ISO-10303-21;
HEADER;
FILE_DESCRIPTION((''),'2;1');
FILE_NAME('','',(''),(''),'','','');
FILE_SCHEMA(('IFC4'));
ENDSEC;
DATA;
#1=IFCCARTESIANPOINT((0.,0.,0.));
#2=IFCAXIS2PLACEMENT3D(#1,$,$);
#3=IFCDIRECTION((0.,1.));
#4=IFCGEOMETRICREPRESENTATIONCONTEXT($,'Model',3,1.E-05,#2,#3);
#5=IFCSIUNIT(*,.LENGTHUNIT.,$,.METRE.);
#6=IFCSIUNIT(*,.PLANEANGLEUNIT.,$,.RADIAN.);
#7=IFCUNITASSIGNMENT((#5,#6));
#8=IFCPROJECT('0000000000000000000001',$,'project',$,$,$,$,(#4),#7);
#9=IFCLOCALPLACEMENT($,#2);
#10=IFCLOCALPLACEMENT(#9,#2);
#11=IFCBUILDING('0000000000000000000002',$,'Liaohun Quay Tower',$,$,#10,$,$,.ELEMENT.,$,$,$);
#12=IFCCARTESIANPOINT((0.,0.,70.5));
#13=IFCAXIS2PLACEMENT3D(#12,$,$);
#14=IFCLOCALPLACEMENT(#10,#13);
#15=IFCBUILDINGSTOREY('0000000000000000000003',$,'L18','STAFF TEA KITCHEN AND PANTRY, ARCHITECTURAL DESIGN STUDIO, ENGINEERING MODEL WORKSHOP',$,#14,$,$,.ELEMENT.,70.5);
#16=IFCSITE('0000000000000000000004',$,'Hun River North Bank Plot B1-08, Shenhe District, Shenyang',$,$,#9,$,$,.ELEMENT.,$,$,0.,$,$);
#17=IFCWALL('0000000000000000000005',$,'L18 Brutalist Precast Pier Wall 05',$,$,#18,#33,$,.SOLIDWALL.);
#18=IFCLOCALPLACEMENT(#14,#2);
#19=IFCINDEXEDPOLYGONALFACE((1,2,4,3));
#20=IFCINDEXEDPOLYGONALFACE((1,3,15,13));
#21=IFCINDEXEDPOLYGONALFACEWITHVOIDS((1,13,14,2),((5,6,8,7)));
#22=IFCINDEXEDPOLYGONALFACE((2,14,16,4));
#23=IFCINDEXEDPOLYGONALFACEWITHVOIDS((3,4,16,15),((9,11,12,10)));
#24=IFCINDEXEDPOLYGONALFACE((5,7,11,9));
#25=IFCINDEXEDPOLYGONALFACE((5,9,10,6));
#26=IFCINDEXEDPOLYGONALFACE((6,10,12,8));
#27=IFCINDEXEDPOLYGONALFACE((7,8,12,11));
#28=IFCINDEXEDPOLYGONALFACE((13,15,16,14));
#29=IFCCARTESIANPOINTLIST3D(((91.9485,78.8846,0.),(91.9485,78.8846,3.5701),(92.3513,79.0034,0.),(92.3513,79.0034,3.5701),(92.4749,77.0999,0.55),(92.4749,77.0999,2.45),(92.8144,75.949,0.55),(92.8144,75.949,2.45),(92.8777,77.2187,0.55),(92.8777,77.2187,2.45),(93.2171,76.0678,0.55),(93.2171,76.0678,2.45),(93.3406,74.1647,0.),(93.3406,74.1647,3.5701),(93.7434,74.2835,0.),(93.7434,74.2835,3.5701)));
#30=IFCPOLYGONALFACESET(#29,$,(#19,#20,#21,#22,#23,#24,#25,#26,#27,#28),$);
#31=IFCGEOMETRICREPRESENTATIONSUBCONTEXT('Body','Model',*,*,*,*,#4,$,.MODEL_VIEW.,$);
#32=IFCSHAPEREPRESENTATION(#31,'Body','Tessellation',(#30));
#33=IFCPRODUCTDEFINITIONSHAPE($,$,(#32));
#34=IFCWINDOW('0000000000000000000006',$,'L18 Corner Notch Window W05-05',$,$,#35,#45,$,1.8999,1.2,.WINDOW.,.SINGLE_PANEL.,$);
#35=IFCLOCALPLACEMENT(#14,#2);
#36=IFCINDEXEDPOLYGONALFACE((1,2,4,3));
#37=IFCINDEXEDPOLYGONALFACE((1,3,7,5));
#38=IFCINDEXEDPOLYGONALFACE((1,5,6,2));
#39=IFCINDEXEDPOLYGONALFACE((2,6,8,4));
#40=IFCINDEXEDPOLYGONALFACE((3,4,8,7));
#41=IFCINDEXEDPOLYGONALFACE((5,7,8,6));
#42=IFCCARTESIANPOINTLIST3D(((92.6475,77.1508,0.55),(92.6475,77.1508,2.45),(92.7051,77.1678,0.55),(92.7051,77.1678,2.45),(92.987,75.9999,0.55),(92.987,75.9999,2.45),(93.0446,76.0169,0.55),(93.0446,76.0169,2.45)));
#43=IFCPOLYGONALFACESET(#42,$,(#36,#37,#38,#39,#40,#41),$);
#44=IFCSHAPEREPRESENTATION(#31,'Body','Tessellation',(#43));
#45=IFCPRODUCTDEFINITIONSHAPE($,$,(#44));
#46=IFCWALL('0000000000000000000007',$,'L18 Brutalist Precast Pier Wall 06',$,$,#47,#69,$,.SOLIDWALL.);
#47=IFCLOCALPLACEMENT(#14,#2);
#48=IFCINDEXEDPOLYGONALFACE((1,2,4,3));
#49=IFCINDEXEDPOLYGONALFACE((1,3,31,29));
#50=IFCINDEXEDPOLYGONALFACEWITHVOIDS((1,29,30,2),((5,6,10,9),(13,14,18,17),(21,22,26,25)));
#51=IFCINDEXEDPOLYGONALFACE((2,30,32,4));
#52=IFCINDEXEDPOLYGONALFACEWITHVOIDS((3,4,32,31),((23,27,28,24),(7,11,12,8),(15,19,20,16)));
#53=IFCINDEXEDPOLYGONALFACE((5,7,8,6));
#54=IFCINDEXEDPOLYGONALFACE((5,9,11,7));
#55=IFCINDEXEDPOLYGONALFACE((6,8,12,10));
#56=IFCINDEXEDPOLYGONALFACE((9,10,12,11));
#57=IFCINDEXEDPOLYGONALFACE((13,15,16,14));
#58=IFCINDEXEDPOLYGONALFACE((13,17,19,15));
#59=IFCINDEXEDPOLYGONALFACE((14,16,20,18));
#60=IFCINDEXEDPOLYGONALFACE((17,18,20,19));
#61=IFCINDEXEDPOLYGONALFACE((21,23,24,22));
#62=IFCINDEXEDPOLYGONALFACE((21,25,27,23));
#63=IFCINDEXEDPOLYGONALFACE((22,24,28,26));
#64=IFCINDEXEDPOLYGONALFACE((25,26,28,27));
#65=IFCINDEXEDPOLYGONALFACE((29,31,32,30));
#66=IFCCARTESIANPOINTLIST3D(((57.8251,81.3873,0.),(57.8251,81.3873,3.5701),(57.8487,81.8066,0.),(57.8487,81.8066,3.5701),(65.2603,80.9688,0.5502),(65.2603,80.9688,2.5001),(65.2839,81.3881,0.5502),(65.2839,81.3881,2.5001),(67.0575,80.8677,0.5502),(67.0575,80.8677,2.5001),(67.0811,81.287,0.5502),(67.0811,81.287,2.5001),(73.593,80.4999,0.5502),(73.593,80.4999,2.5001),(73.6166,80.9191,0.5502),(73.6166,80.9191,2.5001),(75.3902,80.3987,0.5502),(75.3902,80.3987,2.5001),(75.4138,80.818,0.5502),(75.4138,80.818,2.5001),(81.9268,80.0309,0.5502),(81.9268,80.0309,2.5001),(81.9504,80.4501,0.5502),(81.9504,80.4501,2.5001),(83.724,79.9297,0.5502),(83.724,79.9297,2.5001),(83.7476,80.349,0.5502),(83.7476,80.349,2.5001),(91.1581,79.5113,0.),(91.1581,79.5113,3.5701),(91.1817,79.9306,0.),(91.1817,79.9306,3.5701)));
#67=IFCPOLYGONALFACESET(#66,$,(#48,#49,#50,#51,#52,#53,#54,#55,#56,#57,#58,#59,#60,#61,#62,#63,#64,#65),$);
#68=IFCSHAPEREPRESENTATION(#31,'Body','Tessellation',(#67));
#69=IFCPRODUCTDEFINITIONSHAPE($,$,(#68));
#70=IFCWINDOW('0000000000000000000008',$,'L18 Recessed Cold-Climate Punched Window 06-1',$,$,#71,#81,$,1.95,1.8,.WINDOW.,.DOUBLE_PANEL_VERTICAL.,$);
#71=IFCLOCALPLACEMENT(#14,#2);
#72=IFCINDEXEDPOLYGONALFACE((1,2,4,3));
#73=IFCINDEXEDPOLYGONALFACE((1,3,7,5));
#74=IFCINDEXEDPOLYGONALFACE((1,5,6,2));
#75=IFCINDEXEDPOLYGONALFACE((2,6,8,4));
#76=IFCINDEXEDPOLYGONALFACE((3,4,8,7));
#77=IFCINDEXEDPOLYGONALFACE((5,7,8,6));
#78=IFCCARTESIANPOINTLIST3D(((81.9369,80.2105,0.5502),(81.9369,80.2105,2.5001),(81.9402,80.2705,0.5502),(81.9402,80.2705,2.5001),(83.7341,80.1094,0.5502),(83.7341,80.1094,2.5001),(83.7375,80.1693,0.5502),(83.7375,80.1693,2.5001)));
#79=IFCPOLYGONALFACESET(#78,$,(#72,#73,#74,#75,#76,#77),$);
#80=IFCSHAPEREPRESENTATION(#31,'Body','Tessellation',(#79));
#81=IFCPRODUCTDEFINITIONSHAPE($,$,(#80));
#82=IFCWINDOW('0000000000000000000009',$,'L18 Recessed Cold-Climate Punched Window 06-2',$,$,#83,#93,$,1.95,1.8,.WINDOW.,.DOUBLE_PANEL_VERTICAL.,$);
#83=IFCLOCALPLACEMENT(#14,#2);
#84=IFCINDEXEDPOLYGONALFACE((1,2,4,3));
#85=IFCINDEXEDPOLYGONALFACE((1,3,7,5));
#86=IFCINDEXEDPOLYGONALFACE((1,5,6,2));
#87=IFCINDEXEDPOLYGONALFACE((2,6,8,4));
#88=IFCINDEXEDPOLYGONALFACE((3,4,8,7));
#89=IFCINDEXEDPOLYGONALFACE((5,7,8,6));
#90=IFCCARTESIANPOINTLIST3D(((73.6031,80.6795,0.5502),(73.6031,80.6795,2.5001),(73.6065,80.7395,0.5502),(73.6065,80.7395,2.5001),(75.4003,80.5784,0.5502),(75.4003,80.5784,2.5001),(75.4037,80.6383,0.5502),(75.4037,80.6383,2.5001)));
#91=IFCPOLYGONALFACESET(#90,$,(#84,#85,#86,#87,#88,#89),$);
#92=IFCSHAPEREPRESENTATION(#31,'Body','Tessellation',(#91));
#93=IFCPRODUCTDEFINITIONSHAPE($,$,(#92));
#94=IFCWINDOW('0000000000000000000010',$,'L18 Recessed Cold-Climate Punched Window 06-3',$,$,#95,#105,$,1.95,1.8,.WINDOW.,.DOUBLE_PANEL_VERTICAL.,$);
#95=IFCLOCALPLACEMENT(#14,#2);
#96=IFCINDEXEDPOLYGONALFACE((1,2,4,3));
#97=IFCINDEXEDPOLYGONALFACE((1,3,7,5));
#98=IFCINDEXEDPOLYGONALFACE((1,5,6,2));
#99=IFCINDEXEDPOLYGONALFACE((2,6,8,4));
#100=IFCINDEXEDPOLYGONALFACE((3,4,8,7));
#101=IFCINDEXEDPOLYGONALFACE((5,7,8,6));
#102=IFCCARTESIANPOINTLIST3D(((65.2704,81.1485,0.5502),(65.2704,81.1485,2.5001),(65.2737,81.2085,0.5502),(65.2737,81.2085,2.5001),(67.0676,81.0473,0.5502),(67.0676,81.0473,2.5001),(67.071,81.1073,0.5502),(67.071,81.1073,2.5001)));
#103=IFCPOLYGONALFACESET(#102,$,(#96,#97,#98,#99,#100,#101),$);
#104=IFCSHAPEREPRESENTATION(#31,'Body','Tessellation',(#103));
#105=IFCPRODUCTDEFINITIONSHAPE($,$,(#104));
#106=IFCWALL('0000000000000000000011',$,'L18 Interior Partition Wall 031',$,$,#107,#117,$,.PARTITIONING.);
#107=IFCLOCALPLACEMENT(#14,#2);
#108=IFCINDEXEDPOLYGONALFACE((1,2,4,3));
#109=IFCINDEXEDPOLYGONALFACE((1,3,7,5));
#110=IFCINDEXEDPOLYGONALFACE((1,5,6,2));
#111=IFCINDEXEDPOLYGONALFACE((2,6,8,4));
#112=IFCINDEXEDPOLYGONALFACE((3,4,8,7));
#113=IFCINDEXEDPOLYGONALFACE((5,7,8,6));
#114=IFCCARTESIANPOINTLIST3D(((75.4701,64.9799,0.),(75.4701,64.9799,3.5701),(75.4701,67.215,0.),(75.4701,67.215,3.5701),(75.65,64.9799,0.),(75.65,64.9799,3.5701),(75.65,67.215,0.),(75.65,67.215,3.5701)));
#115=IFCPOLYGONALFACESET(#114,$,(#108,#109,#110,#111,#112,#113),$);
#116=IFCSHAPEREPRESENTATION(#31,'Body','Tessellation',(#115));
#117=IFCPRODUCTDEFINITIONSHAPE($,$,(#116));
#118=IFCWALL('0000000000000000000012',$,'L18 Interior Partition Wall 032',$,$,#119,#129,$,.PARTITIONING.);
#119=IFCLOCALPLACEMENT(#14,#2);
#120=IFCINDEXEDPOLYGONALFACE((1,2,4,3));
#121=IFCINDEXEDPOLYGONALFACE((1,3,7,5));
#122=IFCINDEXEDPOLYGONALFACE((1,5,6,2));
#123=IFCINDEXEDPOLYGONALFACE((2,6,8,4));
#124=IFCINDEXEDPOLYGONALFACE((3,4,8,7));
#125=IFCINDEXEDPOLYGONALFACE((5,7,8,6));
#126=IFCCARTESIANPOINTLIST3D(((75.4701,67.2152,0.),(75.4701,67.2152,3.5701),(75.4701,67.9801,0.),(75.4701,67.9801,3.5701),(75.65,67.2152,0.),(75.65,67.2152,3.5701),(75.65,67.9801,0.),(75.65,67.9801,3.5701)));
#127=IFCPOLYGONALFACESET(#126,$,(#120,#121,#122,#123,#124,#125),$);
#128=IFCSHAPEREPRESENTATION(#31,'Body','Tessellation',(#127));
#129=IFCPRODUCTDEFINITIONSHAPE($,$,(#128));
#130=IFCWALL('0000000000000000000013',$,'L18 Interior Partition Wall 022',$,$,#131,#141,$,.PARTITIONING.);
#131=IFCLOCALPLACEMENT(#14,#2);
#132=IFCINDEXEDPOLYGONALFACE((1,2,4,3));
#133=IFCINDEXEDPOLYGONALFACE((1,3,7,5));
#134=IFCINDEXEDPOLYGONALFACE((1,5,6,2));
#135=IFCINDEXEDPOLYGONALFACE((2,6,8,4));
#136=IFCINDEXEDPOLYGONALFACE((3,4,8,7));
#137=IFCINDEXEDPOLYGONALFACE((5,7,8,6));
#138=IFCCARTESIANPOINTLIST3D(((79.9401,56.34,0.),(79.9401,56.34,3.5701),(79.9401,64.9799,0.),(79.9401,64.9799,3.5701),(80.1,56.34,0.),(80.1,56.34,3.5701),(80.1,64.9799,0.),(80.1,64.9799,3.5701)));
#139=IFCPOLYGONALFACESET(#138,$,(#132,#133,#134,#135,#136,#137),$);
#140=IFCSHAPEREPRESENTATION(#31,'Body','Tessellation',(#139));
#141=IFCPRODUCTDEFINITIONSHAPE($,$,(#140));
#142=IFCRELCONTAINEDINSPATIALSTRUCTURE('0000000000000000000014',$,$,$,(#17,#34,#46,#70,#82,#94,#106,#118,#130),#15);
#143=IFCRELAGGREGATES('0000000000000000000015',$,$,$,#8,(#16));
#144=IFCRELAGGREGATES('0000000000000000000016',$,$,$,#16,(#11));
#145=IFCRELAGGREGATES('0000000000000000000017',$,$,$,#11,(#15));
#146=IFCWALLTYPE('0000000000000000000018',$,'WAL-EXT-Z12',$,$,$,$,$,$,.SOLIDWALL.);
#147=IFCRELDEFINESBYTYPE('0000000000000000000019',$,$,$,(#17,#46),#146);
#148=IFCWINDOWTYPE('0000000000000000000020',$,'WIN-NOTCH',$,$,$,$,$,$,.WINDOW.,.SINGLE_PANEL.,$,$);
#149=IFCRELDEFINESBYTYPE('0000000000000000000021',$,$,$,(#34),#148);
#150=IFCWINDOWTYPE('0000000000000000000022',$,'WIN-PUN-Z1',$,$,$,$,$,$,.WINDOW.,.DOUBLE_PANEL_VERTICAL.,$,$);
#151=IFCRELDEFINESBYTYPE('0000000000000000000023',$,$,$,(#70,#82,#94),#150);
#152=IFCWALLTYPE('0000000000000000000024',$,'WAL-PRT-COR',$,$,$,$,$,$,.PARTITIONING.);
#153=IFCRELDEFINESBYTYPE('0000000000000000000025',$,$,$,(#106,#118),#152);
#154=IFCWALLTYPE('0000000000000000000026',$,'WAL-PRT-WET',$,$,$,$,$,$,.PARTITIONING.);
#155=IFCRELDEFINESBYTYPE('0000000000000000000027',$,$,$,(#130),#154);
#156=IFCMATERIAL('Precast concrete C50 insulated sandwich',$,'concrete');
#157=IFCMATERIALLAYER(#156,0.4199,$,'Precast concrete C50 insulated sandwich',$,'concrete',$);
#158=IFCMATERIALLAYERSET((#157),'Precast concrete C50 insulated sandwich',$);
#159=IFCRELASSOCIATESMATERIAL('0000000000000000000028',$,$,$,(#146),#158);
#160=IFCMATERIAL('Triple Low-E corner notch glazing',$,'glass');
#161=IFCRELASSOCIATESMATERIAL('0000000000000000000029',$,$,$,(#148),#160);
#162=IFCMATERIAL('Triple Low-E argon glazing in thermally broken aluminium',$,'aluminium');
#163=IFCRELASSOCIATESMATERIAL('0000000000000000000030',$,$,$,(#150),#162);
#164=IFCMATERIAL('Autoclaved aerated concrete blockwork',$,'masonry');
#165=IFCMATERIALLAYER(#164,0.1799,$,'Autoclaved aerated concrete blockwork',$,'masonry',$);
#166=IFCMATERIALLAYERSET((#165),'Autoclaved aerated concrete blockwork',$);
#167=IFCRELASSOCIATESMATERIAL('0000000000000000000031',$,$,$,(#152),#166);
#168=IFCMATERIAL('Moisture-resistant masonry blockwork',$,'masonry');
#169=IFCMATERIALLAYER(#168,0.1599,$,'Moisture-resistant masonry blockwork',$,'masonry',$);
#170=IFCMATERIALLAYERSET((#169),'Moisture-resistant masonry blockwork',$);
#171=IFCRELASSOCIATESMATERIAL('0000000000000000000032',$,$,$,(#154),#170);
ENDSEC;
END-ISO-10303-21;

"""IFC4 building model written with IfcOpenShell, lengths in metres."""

from ifc_helpers import new_model, si_unit, direction, frame, frame_2d, origin, place, context, subcontext, project, spatial, rectangle, extrude, source, transform, mapped, material, layer, layer_set, type_object, element, fill, save


model = new_model("IFC4")

# Units and contexts
model_context = context("Model", 3, precision=1e-05, world=origin(), true_north=direction((0.0, 1.0)))
body_context = subcontext(model_context, "Body", "Model", "MODEL_VIEW")
ifc_project = project(units=[si_unit("LENGTHUNIT", "METRE"), si_unit("PLANEANGLEUNIT", "RADIAN")], contexts=[model_context])

# Site, building, storey
site_placement = place(None, origin())
site = spatial("IfcSite", under=ifc_project, at=site_placement, Name="Hun River North Bank Plot B1-08, Shenhe District, Shenyang", CompositionType="ELEMENT", RefElevation=0.0)
building_placement = place(site_placement, origin())
building = spatial("IfcBuilding", under=site, at=building_placement, Name="Liaohun Quay Tower", CompositionType="ELEMENT")
storey_placement = place(building_placement, frame((0.0, 0.0, 70.5)))
storey = spatial("IfcBuildingStorey", under=building, at=storey_placement, Name="L18", Description="STAFF TEA KITCHEN AND PANTRY, ARCHITECTURAL DESIGN STUDIO, ENGINEERING MODEL WORKSHOP", CompositionType="ELEMENT", Elevation=70.5)

# Wall, opening, window
ifc_material_1 = material(Name="Precast concrete C50 insulated sandwich", Category="concrete")
ifc_layer_1 = layer(ifc_material_1, 0.4199, Name="Precast concrete C50 insulated sandwich", Category="concrete")
ifc_layer_set_1 = layer_set([ifc_layer_1], Name="Precast concrete C50 insulated sandwich")
wall_type_1 = type_object("IfcWallType", Name="WAL-EXT-Z12", PredefinedType="SOLIDWALL", material=ifc_layer_set_1)
shared_shape_1 = source(origin(), body_context, "Body", "SweptSolid", [
    extrude(rectangle(XDim=1.2, YDim=1.8999, at=frame_2d((0.6001, 0.95))), frame((0.0, 0.22, 0.0), z_axis=(0.0, -1.0, 0.0), x_axis=(1.0, 0.0, 0.0)), (0.0, 0.0, 1.0), 0.4399),
])
ifc_material_2 = material(Name="Triple Low-E corner notch glazing", Category="glass")
window_type_1 = type_object("IfcWindowType", Name="WIN-NOTCH", PartitioningType="SINGLE_PANEL", PredefinedType="WINDOW", material=ifc_material_2)
shared_shape_2 = source(origin(), body_context, "Body", "SweptSolid", [
    extrude(rectangle(XDim=1.2, YDim=1.8999, at=frame_2d((0.6001, 0.95))), frame((0.0, 0.03, 0.0), z_axis=(0.0, -1.0, 0.0), x_axis=(1.0, 0.0, 0.0)), (0.0, 0.0, 1.0), 0.0601),
])
wall_1_placement = place(storey_placement, frame((93.542, 74.2241, 0.0), z_axis=(0.0, 0.0, 1.0), x_axis=(-0.282889, 0.959153, 0.0)))
wall_1 = element("IfcWall", 1, at=wall_1_placement, inside=storey, type_object=wall_type_1, Name="L18 Brutalist Precast Pier Wall 05", PredefinedType="SOLIDWALL", context=body_context, shape_type="SweptSolid", body=[
    extrude(rectangle(XDim=4.9209, YDim=0.4199, at=frame_2d((2.4604, 0.0))), origin(), (0.0, 0.0, 1.0), 3.5701),
])
opening_1_placement = place(wall_1_placement, frame((1.8601, 0.0, 0.55)))
opening_1 = element("IfcOpeningElement", 2, at=opening_1_placement, cuts=wall_1, PredefinedType="OPENING", context=body_context, shape_type="MappedRepresentation", body=[
    mapped(shared_shape_1, transform((0.0, 0.0, 0.0), x_axis=(1.0, 0.0, 0.0), y_axis=(0.0, 1.0, 0.0), z_axis=(0.0, 0.0, 1.0), scale=1.0)),
])
window_1_placement = place(opening_1_placement, origin())
window_1 = element("IfcWindow", 3, at=window_1_placement, inside=storey, type_object=window_type_1, Name="L18 Corner Notch Window W05-05", OverallHeight=1.8999, OverallWidth=1.2, PartitioningType="SINGLE_PANEL", PredefinedType="WINDOW", context=body_context, shape_type="MappedRepresentation", body=[
    mapped(shared_shape_2, transform((0.0, 0.0, 0.0), x_axis=(1.0, 0.0, 0.0), y_axis=(0.0, 1.0, 0.0), z_axis=(0.0, 0.0, 1.0), scale=1.0)),
])
fill(opening_1, window_1)

# Wall, openings, windows
wall_2_placement = place(storey_placement, frame((91.1699, 79.7209, 0.0), z_axis=(0.0, 0.0, 1.0), x_axis=(-0.99842, 0.056191, 0.0)))
wall_2 = element("IfcWall", 4, at=wall_2_placement, inside=storey, type_object=wall_type_1, Name="L18 Brutalist Precast Pier Wall 06", PredefinedType="SOLIDWALL", context=body_context, shape_type="SweptSolid", body=[
    extrude(rectangle(XDim=33.3857, YDim=0.4199, at=frame_2d((16.6929, 0.0))), origin(), (0.0, 0.0, 1.0), 3.5701),
])
shared_shape_3 = source(origin(), body_context, "Body", "SweptSolid", [
    extrude(rectangle(XDim=1.8, YDim=1.95, at=frame_2d((0.8999, 0.9751))), frame((0.0, 0.22, 0.0), z_axis=(0.0, -1.0, 0.0), x_axis=(1.0, 0.0, 0.0)), (0.0, 0.0, 1.0), 0.4399),
])
opening_2_placement = place(wall_2_placement, frame((7.446, 0.0, 0.55)))
opening_2 = element("IfcOpeningElement", 5, at=opening_2_placement, cuts=wall_2, PredefinedType="OPENING", context=body_context, shape_type="MappedRepresentation", body=[
    mapped(shared_shape_3, transform((0.0, 0.0, 0.0), x_axis=(1.0, 0.0, 0.0), y_axis=(0.0, 1.0, 0.0), z_axis=(0.0, 0.0, 1.0), scale=1.0)),
])
opening_3_placement = place(wall_2_placement, frame((15.793, 0.0, 0.55)))
opening_3 = element("IfcOpeningElement", 6, at=opening_3_placement, cuts=wall_2, PredefinedType="OPENING", context=body_context, shape_type="MappedRepresentation", body=[
    mapped(shared_shape_3, transform((0.0, 0.0, 0.0), x_axis=(1.0, 0.0, 0.0), y_axis=(0.0, 1.0, 0.0), z_axis=(0.0, 0.0, 1.0), scale=1.0)),
])
opening_4_placement = place(wall_2_placement, frame((24.1389, 0.0, 0.55)))
opening_4 = element("IfcOpeningElement", 7, at=opening_4_placement, cuts=wall_2, PredefinedType="OPENING", context=body_context, shape_type="MappedRepresentation", body=[
    mapped(shared_shape_3, transform((0.0, 0.0, 0.0), x_axis=(1.0, 0.0, 0.0), y_axis=(0.0, 1.0, 0.0), z_axis=(0.0, 0.0, 1.0), scale=1.0)),
])
ifc_material_3 = material(Name="Triple Low-E argon glazing in thermally broken aluminium", Category="aluminium")
window_type_2 = type_object("IfcWindowType", Name="WIN-PUN-Z1", PartitioningType="DOUBLE_PANEL_VERTICAL", PredefinedType="WINDOW", material=ifc_material_3)
shared_shape_4 = source(origin(), body_context, "Body", "SweptSolid", [
    extrude(rectangle(XDim=1.8, YDim=1.95, at=frame_2d((0.8999, 0.9751))), frame((0.0, 0.03, 0.0), z_axis=(0.0, -1.0, 0.0), x_axis=(1.0, 0.0, 0.0)), (0.0, 0.0, 1.0), 0.0601),
])
window_2_placement = place(opening_2_placement, origin())
window_2 = element("IfcWindow", 8, at=window_2_placement, inside=storey, type_object=window_type_2, Name="L18 Recessed Cold-Climate Punched Window 06-1", OverallHeight=1.95, OverallWidth=1.8, PartitioningType="DOUBLE_PANEL_VERTICAL", PredefinedType="WINDOW", context=body_context, shape_type="MappedRepresentation", body=[
    mapped(shared_shape_4, transform((0.0, 0.0, 0.0), x_axis=(1.0, 0.0, 0.0), y_axis=(0.0, 1.0, 0.0), z_axis=(0.0, 0.0, 1.0), scale=1.0)),
])
fill(opening_2, window_2)
window_3_placement = place(opening_3_placement, origin())
window_3 = element("IfcWindow", 9, at=window_3_placement, inside=storey, type_object=window_type_2, Name="L18 Recessed Cold-Climate Punched Window 06-2", OverallHeight=1.95, OverallWidth=1.8, PartitioningType="DOUBLE_PANEL_VERTICAL", PredefinedType="WINDOW", context=body_context, shape_type="MappedRepresentation", body=[
    mapped(shared_shape_4, transform((0.0, 0.0, 0.0), x_axis=(1.0, 0.0, 0.0), y_axis=(0.0, 1.0, 0.0), z_axis=(0.0, 0.0, 1.0), scale=1.0)),
])
fill(opening_3, window_3)
window_4_placement = place(opening_4_placement, origin())
window_4 = element("IfcWindow", 10, at=window_4_placement, inside=storey, type_object=window_type_2, Name="L18 Recessed Cold-Climate Punched Window 06-3", OverallHeight=1.95, OverallWidth=1.8, PartitioningType="DOUBLE_PANEL_VERTICAL", PredefinedType="WINDOW", context=body_context, shape_type="MappedRepresentation", body=[
    mapped(shared_shape_4, transform((0.0, 0.0, 0.0), x_axis=(1.0, 0.0, 0.0), y_axis=(0.0, 1.0, 0.0), z_axis=(0.0, 0.0, 1.0), scale=1.0)),
])
fill(opening_4, window_4)

# Walls
ifc_material_4 = material(Name="Autoclaved aerated concrete blockwork", Category="masonry")
ifc_layer_2 = layer(ifc_material_4, 0.1799, Name="Autoclaved aerated concrete blockwork", Category="masonry")
ifc_layer_set_2 = layer_set([ifc_layer_2], Name="Autoclaved aerated concrete blockwork")
wall_type_2 = type_object("IfcWallType", Name="WAL-PRT-COR", PredefinedType="PARTITIONING", material=ifc_layer_set_2)
wall_3_placement = place(storey_placement, frame((75.5601, 67.2151, 0.0), z_axis=(0.0, 0.0, 1.0), x_axis=(0.0, -1.0, 0.0)))
element("IfcWall", 11, at=wall_3_placement, inside=storey, type_object=wall_type_2, Name="L18 Interior Partition Wall 031", PredefinedType="PARTITIONING", context=body_context, shape_type="SweptSolid", body=[
    extrude(rectangle(XDim=2.2351, YDim=0.1799, at=frame_2d((1.1177, 0.0))), origin(), (0.0, 0.0, 1.0), 3.5701),
])
wall_4_placement = place(storey_placement, frame((75.5601, 67.98, 0.0), z_axis=(0.0, 0.0, 1.0), x_axis=(0.0, -1.0, 0.0)))
element("IfcWall", 12, at=wall_4_placement, inside=storey, type_object=wall_type_2, Name="L18 Interior Partition Wall 032", PredefinedType="PARTITIONING", context=body_context, shape_type="SweptSolid", body=[
    extrude(rectangle(XDim=0.7649, YDim=0.1799, at=frame_2d((0.3823, 0.0))), origin(), (0.0, 0.0, 1.0), 3.5701),
])
ifc_material_5 = material(Name="Moisture-resistant masonry blockwork", Category="masonry")
ifc_layer_3 = layer(ifc_material_5, 0.1599, Name="Moisture-resistant masonry blockwork", Category="masonry")
ifc_layer_set_3 = layer_set([ifc_layer_3], Name="Moisture-resistant masonry blockwork")
wall_type_3 = type_object("IfcWallType", Name="WAL-PRT-WET", PredefinedType="PARTITIONING", material=ifc_layer_set_3)
wall_5_placement = place(storey_placement, frame((80.02, 56.3401, 0.0), z_axis=(0.0, 0.0, 1.0), x_axis=(0.0, 1.0, 0.0)))
element("IfcWall", 13, at=wall_5_placement, inside=storey, type_object=wall_type_3, Name="L18 Interior Partition Wall 022", PredefinedType="PARTITIONING", context=body_context, shape_type="SweptSolid", body=[
    extrude(rectangle(XDim=8.6399, YDim=0.1599, at=frame_2d((4.3198, 0.0))), origin(), (0.0, 0.0, 1.0), 3.5701),
])

save(model, "model.ifc")
